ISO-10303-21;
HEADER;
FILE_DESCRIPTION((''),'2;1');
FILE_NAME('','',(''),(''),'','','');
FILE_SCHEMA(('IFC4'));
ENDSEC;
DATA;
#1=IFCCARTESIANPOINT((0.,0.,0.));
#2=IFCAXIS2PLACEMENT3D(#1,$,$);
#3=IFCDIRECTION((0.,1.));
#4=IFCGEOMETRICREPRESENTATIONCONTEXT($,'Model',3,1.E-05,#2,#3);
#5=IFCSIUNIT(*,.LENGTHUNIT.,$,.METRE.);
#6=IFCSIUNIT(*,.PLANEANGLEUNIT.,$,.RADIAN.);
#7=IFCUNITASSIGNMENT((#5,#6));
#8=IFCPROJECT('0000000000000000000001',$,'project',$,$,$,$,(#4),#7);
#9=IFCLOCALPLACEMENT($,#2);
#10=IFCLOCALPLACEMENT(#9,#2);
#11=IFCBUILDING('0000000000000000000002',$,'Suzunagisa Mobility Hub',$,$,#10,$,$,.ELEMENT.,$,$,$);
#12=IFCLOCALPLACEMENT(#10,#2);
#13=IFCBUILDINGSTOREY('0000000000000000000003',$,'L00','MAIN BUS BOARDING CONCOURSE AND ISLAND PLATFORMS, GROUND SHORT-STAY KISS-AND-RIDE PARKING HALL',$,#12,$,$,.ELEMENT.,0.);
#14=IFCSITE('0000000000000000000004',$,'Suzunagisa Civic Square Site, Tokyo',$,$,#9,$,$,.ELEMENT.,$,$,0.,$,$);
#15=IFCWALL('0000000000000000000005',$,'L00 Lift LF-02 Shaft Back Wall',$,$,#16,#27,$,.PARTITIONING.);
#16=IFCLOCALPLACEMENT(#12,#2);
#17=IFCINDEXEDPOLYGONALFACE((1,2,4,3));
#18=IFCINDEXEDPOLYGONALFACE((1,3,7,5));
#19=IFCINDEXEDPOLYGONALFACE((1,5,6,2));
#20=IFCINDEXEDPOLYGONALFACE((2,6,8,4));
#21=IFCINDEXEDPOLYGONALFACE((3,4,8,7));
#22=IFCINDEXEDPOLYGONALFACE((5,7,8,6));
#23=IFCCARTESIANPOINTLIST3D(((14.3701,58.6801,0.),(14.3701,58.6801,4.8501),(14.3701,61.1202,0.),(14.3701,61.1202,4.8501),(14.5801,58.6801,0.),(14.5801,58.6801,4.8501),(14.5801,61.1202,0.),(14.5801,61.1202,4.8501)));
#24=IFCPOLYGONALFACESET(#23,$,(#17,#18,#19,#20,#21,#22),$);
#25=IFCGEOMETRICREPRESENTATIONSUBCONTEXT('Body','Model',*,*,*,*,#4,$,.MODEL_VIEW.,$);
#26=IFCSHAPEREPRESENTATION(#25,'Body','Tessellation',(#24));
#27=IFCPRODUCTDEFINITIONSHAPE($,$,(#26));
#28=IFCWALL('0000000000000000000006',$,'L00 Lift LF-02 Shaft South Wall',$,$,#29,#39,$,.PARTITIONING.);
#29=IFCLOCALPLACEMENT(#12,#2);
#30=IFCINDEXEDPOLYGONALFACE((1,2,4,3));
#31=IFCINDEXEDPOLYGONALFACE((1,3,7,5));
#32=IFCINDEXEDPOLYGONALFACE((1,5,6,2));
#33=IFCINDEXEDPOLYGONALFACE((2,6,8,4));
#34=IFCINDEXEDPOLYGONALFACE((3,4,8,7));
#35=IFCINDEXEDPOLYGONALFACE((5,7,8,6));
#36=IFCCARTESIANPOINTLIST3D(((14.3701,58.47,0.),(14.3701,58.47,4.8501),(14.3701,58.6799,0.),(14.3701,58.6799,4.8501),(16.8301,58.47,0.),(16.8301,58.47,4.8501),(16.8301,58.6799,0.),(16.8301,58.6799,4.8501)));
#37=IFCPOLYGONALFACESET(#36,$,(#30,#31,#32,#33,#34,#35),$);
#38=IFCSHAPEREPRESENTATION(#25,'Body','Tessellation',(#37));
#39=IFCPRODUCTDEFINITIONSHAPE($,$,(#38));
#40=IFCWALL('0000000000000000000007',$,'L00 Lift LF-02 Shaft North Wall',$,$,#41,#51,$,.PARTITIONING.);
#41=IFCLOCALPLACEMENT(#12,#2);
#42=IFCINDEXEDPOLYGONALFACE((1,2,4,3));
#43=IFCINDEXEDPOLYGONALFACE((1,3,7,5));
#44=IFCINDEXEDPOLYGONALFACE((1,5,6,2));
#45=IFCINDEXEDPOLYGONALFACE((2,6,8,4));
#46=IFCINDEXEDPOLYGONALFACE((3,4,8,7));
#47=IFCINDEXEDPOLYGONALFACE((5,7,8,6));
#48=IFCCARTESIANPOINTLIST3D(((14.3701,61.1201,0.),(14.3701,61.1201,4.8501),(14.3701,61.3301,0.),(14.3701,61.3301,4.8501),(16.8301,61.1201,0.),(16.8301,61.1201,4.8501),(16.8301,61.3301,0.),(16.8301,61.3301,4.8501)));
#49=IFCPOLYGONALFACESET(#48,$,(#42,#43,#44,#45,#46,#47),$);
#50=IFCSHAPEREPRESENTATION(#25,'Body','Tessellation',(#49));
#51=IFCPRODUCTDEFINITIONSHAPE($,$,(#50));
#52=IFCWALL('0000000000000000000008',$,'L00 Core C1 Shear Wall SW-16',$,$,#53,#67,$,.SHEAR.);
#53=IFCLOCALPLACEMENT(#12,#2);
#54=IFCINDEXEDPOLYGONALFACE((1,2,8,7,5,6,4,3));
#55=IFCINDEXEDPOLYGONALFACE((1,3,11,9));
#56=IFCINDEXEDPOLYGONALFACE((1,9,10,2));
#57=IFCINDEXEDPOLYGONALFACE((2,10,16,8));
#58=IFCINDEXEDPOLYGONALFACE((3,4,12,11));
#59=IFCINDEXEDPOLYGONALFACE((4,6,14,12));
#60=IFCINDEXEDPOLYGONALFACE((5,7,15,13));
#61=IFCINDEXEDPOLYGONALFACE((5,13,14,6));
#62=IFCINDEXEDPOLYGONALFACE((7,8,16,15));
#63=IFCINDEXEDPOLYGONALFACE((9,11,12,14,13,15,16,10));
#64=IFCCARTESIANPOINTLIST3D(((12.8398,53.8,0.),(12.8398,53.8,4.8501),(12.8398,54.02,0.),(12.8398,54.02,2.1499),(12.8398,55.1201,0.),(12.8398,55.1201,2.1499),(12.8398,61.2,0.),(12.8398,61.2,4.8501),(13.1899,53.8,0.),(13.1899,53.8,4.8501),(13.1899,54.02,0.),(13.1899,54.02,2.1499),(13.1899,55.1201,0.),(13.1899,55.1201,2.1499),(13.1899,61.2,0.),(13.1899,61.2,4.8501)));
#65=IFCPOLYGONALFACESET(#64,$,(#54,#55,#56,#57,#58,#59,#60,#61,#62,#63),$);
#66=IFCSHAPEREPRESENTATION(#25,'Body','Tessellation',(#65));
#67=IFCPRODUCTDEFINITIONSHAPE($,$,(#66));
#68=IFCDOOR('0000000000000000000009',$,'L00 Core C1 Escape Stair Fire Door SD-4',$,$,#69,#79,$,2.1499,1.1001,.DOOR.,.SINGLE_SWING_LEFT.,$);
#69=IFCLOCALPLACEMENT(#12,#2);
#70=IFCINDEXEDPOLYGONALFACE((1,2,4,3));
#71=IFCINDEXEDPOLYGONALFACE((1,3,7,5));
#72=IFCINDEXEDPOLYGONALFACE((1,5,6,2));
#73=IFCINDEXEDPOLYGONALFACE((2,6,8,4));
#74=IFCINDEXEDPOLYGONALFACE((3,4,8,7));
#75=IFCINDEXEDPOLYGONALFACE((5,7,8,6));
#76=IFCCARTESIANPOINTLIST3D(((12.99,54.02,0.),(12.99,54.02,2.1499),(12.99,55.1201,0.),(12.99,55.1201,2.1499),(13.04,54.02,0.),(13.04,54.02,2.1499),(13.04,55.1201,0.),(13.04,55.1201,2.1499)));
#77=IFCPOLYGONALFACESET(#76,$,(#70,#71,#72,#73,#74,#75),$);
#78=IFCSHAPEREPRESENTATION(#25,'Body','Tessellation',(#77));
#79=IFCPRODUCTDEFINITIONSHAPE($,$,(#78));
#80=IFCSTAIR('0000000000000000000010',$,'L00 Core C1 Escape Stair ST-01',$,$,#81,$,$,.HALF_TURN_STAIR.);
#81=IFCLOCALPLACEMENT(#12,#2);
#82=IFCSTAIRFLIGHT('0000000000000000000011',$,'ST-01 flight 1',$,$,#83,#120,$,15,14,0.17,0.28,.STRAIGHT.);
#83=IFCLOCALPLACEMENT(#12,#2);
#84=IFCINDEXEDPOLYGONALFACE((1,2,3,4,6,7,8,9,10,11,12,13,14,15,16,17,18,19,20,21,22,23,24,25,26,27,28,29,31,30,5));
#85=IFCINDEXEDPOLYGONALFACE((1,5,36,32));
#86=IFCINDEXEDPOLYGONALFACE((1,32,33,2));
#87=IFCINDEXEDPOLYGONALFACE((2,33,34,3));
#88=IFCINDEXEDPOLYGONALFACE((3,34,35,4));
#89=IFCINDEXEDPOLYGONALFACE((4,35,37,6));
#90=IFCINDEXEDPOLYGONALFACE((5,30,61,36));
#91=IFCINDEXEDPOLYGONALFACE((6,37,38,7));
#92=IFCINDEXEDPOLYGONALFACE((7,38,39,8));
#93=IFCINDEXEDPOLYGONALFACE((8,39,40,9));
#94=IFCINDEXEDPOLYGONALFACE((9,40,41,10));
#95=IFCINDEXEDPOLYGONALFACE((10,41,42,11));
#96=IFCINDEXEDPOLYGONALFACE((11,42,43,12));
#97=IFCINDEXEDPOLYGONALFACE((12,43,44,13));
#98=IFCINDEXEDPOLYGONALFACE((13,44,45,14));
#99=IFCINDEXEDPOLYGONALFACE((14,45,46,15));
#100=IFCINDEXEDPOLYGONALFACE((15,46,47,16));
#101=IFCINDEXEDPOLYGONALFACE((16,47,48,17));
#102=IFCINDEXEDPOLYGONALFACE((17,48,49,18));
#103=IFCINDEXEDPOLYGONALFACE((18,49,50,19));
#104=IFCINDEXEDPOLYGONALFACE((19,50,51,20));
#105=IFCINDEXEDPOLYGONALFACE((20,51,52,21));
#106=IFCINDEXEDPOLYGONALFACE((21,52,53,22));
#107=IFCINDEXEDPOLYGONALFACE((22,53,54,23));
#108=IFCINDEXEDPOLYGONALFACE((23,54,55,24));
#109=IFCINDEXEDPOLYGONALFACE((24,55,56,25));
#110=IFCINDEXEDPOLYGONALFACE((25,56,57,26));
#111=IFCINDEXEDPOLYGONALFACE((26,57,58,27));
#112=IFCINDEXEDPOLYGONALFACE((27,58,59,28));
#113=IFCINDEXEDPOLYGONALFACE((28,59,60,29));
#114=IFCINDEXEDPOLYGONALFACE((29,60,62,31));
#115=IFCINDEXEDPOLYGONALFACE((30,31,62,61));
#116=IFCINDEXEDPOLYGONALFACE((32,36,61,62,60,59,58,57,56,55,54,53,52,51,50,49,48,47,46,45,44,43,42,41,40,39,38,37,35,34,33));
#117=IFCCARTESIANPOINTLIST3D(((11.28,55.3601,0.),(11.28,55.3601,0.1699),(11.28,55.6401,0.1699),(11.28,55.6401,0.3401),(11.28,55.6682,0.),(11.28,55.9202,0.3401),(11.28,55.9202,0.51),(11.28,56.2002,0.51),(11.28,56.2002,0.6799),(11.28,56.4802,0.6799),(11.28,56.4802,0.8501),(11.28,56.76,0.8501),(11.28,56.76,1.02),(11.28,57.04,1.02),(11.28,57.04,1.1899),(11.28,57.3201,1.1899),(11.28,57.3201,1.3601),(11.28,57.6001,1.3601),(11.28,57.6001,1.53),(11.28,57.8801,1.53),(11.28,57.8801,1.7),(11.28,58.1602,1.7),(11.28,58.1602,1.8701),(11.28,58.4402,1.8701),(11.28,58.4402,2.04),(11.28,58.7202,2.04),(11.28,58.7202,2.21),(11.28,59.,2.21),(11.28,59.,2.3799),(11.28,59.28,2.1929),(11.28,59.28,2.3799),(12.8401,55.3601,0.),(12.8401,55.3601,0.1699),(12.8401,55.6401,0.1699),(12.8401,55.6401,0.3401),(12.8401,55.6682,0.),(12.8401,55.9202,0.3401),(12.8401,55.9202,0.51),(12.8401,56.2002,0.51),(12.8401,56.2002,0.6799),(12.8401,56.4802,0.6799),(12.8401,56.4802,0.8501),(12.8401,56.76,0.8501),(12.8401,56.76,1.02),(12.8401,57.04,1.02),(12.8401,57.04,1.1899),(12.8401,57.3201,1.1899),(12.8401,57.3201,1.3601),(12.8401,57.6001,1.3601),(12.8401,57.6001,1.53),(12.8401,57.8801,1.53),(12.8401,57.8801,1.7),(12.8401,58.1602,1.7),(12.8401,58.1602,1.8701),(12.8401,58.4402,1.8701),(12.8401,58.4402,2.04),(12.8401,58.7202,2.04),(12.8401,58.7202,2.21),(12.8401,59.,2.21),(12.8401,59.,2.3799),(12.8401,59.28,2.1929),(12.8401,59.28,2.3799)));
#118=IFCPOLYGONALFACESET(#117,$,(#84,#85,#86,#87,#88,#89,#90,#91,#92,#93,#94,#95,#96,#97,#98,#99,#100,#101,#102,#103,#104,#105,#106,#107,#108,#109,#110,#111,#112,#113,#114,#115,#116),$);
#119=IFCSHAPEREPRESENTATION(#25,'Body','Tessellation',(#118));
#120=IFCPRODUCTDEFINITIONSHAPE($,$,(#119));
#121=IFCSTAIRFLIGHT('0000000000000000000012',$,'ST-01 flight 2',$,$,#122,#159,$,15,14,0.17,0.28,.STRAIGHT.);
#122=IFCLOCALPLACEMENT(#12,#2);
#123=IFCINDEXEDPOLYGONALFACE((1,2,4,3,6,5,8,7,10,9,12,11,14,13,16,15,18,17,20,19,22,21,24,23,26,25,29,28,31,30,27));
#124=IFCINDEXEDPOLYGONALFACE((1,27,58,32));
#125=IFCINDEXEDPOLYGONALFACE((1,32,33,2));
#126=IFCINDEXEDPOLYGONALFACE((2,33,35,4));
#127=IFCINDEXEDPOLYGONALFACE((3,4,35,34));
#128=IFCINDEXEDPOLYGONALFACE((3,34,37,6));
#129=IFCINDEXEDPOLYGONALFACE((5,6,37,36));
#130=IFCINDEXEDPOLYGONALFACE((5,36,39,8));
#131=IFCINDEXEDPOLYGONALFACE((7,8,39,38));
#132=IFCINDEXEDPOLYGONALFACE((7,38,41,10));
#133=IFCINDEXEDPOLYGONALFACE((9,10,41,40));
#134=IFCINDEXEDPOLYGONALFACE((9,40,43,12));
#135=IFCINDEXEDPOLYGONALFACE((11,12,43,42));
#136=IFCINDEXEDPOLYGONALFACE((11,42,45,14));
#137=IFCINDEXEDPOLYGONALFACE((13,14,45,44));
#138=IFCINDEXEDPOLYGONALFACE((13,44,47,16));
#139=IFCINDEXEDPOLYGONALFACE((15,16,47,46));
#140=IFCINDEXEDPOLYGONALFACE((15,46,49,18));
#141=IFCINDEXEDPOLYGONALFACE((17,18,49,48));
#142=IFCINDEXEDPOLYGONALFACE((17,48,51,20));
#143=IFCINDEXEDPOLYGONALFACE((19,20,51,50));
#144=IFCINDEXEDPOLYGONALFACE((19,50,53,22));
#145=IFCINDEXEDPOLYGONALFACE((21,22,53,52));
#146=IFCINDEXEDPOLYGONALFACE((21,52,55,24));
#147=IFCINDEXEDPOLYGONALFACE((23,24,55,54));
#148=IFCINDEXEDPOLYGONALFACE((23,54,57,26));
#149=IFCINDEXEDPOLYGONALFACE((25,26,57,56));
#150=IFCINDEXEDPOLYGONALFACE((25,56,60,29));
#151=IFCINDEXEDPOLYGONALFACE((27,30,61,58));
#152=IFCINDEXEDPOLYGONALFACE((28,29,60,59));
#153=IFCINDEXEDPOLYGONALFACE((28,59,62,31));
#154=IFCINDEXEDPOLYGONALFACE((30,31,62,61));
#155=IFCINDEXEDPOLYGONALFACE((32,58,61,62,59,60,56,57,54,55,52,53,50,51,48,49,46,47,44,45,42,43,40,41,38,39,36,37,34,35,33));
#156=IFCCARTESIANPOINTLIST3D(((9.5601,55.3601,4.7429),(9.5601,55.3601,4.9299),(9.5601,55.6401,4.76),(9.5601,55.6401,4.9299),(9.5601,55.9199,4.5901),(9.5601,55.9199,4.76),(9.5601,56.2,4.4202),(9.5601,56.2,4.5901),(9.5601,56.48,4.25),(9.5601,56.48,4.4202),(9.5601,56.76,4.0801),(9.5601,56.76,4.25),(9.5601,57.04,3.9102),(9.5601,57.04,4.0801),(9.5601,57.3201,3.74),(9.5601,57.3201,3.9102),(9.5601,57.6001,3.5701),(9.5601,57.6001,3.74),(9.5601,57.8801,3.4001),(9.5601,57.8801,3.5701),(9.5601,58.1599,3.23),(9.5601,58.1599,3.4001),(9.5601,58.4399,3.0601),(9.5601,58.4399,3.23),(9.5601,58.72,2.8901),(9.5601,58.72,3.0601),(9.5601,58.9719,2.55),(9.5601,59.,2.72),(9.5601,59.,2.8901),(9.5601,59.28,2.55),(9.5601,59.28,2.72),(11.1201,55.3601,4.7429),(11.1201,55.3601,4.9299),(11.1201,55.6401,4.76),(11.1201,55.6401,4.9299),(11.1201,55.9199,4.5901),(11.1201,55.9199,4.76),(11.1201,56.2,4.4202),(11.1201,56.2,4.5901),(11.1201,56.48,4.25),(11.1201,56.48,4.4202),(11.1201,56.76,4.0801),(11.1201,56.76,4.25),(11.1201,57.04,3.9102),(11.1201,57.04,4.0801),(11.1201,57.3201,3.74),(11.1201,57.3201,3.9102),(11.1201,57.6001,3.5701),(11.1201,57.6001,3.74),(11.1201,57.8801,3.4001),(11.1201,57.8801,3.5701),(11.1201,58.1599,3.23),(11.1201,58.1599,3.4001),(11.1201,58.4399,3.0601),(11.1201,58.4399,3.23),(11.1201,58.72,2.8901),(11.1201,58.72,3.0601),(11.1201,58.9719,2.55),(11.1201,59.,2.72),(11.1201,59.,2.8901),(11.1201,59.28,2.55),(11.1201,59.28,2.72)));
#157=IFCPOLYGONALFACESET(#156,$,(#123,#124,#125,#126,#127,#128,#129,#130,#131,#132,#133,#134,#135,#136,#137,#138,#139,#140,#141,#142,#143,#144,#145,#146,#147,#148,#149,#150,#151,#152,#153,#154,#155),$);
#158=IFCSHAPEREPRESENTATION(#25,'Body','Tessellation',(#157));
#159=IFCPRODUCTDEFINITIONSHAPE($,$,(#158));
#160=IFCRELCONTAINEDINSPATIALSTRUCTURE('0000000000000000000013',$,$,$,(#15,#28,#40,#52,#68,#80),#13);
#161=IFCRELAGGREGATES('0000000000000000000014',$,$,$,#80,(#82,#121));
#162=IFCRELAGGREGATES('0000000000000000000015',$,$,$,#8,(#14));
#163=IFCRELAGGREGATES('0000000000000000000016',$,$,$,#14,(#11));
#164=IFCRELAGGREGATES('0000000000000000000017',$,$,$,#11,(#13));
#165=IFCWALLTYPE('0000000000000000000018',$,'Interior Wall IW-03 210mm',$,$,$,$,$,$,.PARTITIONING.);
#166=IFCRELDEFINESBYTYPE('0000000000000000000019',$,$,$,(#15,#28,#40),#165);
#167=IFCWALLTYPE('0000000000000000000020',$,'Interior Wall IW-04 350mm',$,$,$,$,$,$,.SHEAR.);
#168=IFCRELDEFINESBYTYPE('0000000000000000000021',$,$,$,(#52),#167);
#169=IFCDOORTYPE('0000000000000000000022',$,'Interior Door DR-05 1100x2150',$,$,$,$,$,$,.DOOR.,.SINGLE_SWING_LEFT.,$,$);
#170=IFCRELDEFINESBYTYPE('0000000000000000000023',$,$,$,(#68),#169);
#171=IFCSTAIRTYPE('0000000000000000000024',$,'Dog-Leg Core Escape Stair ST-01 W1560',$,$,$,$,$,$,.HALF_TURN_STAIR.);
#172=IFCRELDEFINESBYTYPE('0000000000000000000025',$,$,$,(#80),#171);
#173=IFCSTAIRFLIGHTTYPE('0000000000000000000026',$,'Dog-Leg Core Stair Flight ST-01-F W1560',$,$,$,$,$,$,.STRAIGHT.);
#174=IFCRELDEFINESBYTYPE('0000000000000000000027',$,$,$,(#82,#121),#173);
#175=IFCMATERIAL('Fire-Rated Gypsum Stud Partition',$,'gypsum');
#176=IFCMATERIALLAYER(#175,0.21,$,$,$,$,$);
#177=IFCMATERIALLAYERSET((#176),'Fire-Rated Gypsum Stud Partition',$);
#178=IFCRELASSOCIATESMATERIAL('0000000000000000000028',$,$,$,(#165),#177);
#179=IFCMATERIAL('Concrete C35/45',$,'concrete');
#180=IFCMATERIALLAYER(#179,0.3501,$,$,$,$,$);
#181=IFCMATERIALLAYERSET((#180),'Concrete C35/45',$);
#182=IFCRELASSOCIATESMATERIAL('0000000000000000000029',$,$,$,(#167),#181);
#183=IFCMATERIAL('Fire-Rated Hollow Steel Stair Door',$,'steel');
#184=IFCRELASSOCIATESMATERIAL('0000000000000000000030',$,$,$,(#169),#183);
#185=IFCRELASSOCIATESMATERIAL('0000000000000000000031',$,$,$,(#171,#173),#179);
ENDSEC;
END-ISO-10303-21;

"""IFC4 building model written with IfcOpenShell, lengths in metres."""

from ifc_helpers import new_model, si_unit, direction, frame, frame_2d, origin, place, context, subcontext, project, spatial, polyline, rectangle, outline, extrude, material, layer, layer_set, type_object, element, fill, aggregate, save


model = new_model("IFC4")

# Units and contexts
model_context = context("Model", 3, precision=1e-05, world=origin(), true_north=direction((0.0, 1.0)))
body_context = subcontext(model_context, "Body", "Model", "MODEL_VIEW")
ifc_project = project(units=[si_unit("LENGTHUNIT", "METRE"), si_unit("PLANEANGLEUNIT", "RADIAN")], contexts=[model_context])

# Site, building, storey
site_placement = place(None, origin())
site = spatial("IfcSite", under=ifc_project, at=site_placement, Name="Suzunagisa Civic Square Site, Tokyo", CompositionType="ELEMENT", RefElevation=0.0)
building_placement = place(site_placement, origin())
building = spatial("IfcBuilding", under=site, at=building_placement, Name="Suzunagisa Mobility Hub", CompositionType="ELEMENT")
storey_placement = place(building_placement, origin())
storey = spatial("IfcBuildingStorey", under=building, at=storey_placement, Name="L00", Description="MAIN BUS BOARDING CONCOURSE AND ISLAND PLATFORMS, GROUND SHORT-STAY KISS-AND-RIDE PARKING HALL", CompositionType="ELEMENT", Elevation=0.0)

# Shared definitions
ifc_material_1 = material(Name="Fire-Rated Gypsum Stud Partition", Category="gypsum")
ifc_layer_1 = layer(ifc_material_1, 0.21)
ifc_layer_set_1 = layer_set([ifc_layer_1], Name="Fire-Rated Gypsum Stud Partition")
wall_type_1 = type_object("IfcWallType", Name="Interior Wall IW-03 210mm", PredefinedType="PARTITIONING", material=ifc_layer_set_1)

# Walls
wall_1_placement = place(storey_placement, frame((14.4751, 58.6799, 0.0), z_axis=(0.0, 0.0, 1.0), x_axis=(0.0, 1.0, 0.0)))
element("IfcWall", 1, at=wall_1_placement, inside=storey, type_object=wall_type_1, Name="L00 Lift LF-02 Shaft Back Wall", PredefinedType="PARTITIONING", context=body_context, shape_type="SweptSolid", body=[
    extrude(rectangle(XDim=2.4402, YDim=0.21, at=frame_2d((1.2202, 0.0))), origin(), (0.0, 0.0, 1.0), 4.8501),
])
for number, where, z_axis, x_axis, name in (
    (2, (14.3701, 58.575, 0.0), (0.0, 0.0, 1.0), (1.0, 0.0, 0.0), "L00 Lift LF-02 Shaft South Wall"),
    (3, (14.3701, 61.2251, 0.0), (0.0, 0.0, 1.0), (1.0, 0.0, 0.0), "L00 Lift LF-02 Shaft North Wall"),
):
    element("IfcWall", number, at=place(storey_placement, frame(where, z_axis=z_axis, x_axis=x_axis)), inside=storey, type_object=wall_type_1, Name=name, PredefinedType="PARTITIONING", context=body_context, shape_type="SweptSolid", body=[
        extrude(rectangle(XDim=2.46, YDim=0.21, at=frame_2d((1.23, 0.0))), origin(), (0.0, 0.0, 1.0), 4.8501),
    ])

# Wall, opening, door
ifc_material_2 = material(Name="Concrete C35/45", Category="concrete")
ifc_layer_2 = layer(ifc_material_2, 0.3501)
ifc_layer_set_2 = layer_set([ifc_layer_2], Name="Concrete C35/45")
wall_type_2 = type_object("IfcWallType", Name="Interior Wall IW-04 350mm", PredefinedType="SHEAR", material=ifc_layer_set_2)
wall_2_placement = place(storey_placement, frame((13.0149, 53.8, 0.0), z_axis=(0.0, 0.0, 1.0), x_axis=(0.0, 1.0, 0.0)))
wall_2 = element("IfcWall", 4, at=wall_2_placement, inside=storey, type_object=wall_type_2, Name="L00 Core C1 Shear Wall SW-16", PredefinedType="SHEAR", context=body_context, shape_type="SweptSolid", body=[
    extrude(rectangle(XDim=7.3999, YDim=0.3501, at=frame_2d((3.7, 0.0))), origin(), (0.0, 0.0, 1.0), 4.8501),
])
opening_1_placement = place(wall_2_placement, frame((0.22, 0.0, 0.0)))
opening_1 = element("IfcOpeningElement", 5, at=opening_1_placement, cuts=wall_2, PredefinedType="OPENING", context=body_context, shape_type="SweptSolid", body=[
    extrude(rectangle(XDim=1.1001, YDim=2.1499, at=frame_2d((0.55, 1.075))), frame((0.0, 0.186, 0.0), z_axis=(0.0, -1.0, 0.0), x_axis=(1.0, 0.0, 0.0)), (0.0, 0.0, 1.0), 0.3721),
])
ifc_material_3 = material(Name="Fire-Rated Hollow Steel Stair Door", Category="steel")
door_type_1 = type_object("IfcDoorType", Name="Interior Door DR-05 1100x2150", OperationType="SINGLE_SWING_LEFT", PredefinedType="DOOR", material=ifc_material_3)
door_1_placement = place(opening_1_placement, origin())
door_1 = element("IfcDoor", 6, at=door_1_placement, inside=storey, type_object=door_type_1, Name="L00 Core C1 Escape Stair Fire Door SD-4", OperationType="SINGLE_SWING_LEFT", OverallHeight=2.1499, OverallWidth=1.1001, PredefinedType="DOOR", context=body_context, shape_type="SweptSolid", body=[
    extrude(rectangle(XDim=1.1001, YDim=2.1499, at=frame_2d((0.55, 1.075))), frame((0.0, 0.0249, 0.0), z_axis=(0.0, -1.0, 0.0), x_axis=(1.0, 0.0, 0.0)), (0.0, 0.0, 1.0), 0.05),
])
fill(opening_1, door_1)

# Stair, stair flights
stair_type = type_object("IfcStairType", Name="Dog-Leg Core Escape Stair ST-01 W1560", PredefinedType="HALF_TURN_STAIR", material=ifc_material_2)
stair_placement = place(storey_placement, origin())
stair = element("IfcStair", 7, at=stair_placement, inside=storey, type_object=stair_type, Name="L00 Core C1 Escape Stair ST-01", PredefinedType="HALF_TURN_STAIR")
stair_flight_type = type_object("IfcStairFlightType", Name="Dog-Leg Core Stair Flight ST-01-F W1560", PredefinedType="STRAIGHT", material=ifc_material_2)
stair_flight_1_placement = place(storey_placement, frame((12.0601, 55.3601, 0.0), z_axis=(0.0, 0.0, 1.0), x_axis=(0.0, 1.0, 0.0)))
stair_flight_1 = element("IfcStairFlight", 8, at=stair_flight_1_placement, type_object=stair_flight_type, Name="ST-01 flight 1", NumberOfRisers=15, NumberOfTreads=14, PredefinedType="STRAIGHT", RiserHeight=0.17, TreadLength=0.28, context=body_context, shape_type="SweptSolid", body=[
    extrude(outline(polyline([(0.0, 0.0), (0.0, 0.1699), (0.28, 0.1699), (0.28, 0.3401), (0.5601, 0.3401), (0.5601, 0.51), (0.8401, 0.51), (0.8401, 0.6799), (1.1201, 0.6799), (1.1201, 0.8501), (1.3999, 0.8501), (1.3999, 1.02), (1.6799, 1.02), (1.6799, 1.1899), (1.96, 1.1899), (1.96, 1.3601), (2.24, 1.3601), (2.24, 1.53), (2.52, 1.53), (2.52, 1.7), (2.8, 1.7), (2.8, 1.8701), (3.0801, 1.8701), (3.0801, 2.04), (3.3601, 2.04), (3.3601, 2.21), (3.6399, 2.21), (3.6399, 2.3799), (3.9199, 2.3799), (3.9199, 2.55), (3.9199, 2.1929), (0.3081, 0.0), (0.0, 0.0)])), frame((0.0, 0.78, 0.0), z_axis=(0.0, -1.0, 0.0), x_axis=(1.0, 0.0, 0.0)), (0.0, 0.0, 1.0), 1.5601),
])
stair_flight_2_placement = place(storey_placement, frame((10.3401, 59.28, 2.55), z_axis=(0.0, 0.0, 1.0), x_axis=(0.0, -1.0, 0.0)))
stair_flight_2 = element("IfcStairFlight", 9, at=stair_flight_2_placement, type_object=stair_flight_type, Name="ST-01 flight 2", NumberOfRisers=15, NumberOfTreads=14, PredefinedType="STRAIGHT", RiserHeight=0.17, TreadLength=0.28, context=body_context, shape_type="SweptSolid", body=[
    extrude(outline(polyline([(0.0, 0.0), (0.0, 0.1699), (0.28, 0.1699), (0.28, 0.3401), (0.5601, 0.3401), (0.5601, 0.51), (0.8401, 0.51), (0.8401, 0.6799), (1.1201, 0.6799), (1.1201, 0.8501), (1.3999, 0.8501), (1.3999, 1.02), (1.6799, 1.02), (1.6799, 1.1899), (1.96, 1.1899), (1.96, 1.3601), (2.24, 1.3601), (2.24, 1.53), (2.52, 1.53), (2.52, 1.7), (2.8, 1.7), (2.8, 1.8701), (3.0801, 1.8701), (3.0801, 2.04), (3.3601, 2.04), (3.3601, 2.21), (3.6399, 2.21), (3.6399, 2.3799), (3.9199, 2.3799), (3.9199, 2.55), (3.9199, 2.1929), (0.3081, 0.0), (0.0, 0.0)])), frame((0.0, 0.78, 0.0), z_axis=(0.0, -1.0, 0.0), x_axis=(1.0, 0.0, 0.0)), (0.0, 0.0, 1.0), 1.5601),
])
aggregate(stair, [stair_flight_1, stair_flight_2])

save(model, "model.ifc")
